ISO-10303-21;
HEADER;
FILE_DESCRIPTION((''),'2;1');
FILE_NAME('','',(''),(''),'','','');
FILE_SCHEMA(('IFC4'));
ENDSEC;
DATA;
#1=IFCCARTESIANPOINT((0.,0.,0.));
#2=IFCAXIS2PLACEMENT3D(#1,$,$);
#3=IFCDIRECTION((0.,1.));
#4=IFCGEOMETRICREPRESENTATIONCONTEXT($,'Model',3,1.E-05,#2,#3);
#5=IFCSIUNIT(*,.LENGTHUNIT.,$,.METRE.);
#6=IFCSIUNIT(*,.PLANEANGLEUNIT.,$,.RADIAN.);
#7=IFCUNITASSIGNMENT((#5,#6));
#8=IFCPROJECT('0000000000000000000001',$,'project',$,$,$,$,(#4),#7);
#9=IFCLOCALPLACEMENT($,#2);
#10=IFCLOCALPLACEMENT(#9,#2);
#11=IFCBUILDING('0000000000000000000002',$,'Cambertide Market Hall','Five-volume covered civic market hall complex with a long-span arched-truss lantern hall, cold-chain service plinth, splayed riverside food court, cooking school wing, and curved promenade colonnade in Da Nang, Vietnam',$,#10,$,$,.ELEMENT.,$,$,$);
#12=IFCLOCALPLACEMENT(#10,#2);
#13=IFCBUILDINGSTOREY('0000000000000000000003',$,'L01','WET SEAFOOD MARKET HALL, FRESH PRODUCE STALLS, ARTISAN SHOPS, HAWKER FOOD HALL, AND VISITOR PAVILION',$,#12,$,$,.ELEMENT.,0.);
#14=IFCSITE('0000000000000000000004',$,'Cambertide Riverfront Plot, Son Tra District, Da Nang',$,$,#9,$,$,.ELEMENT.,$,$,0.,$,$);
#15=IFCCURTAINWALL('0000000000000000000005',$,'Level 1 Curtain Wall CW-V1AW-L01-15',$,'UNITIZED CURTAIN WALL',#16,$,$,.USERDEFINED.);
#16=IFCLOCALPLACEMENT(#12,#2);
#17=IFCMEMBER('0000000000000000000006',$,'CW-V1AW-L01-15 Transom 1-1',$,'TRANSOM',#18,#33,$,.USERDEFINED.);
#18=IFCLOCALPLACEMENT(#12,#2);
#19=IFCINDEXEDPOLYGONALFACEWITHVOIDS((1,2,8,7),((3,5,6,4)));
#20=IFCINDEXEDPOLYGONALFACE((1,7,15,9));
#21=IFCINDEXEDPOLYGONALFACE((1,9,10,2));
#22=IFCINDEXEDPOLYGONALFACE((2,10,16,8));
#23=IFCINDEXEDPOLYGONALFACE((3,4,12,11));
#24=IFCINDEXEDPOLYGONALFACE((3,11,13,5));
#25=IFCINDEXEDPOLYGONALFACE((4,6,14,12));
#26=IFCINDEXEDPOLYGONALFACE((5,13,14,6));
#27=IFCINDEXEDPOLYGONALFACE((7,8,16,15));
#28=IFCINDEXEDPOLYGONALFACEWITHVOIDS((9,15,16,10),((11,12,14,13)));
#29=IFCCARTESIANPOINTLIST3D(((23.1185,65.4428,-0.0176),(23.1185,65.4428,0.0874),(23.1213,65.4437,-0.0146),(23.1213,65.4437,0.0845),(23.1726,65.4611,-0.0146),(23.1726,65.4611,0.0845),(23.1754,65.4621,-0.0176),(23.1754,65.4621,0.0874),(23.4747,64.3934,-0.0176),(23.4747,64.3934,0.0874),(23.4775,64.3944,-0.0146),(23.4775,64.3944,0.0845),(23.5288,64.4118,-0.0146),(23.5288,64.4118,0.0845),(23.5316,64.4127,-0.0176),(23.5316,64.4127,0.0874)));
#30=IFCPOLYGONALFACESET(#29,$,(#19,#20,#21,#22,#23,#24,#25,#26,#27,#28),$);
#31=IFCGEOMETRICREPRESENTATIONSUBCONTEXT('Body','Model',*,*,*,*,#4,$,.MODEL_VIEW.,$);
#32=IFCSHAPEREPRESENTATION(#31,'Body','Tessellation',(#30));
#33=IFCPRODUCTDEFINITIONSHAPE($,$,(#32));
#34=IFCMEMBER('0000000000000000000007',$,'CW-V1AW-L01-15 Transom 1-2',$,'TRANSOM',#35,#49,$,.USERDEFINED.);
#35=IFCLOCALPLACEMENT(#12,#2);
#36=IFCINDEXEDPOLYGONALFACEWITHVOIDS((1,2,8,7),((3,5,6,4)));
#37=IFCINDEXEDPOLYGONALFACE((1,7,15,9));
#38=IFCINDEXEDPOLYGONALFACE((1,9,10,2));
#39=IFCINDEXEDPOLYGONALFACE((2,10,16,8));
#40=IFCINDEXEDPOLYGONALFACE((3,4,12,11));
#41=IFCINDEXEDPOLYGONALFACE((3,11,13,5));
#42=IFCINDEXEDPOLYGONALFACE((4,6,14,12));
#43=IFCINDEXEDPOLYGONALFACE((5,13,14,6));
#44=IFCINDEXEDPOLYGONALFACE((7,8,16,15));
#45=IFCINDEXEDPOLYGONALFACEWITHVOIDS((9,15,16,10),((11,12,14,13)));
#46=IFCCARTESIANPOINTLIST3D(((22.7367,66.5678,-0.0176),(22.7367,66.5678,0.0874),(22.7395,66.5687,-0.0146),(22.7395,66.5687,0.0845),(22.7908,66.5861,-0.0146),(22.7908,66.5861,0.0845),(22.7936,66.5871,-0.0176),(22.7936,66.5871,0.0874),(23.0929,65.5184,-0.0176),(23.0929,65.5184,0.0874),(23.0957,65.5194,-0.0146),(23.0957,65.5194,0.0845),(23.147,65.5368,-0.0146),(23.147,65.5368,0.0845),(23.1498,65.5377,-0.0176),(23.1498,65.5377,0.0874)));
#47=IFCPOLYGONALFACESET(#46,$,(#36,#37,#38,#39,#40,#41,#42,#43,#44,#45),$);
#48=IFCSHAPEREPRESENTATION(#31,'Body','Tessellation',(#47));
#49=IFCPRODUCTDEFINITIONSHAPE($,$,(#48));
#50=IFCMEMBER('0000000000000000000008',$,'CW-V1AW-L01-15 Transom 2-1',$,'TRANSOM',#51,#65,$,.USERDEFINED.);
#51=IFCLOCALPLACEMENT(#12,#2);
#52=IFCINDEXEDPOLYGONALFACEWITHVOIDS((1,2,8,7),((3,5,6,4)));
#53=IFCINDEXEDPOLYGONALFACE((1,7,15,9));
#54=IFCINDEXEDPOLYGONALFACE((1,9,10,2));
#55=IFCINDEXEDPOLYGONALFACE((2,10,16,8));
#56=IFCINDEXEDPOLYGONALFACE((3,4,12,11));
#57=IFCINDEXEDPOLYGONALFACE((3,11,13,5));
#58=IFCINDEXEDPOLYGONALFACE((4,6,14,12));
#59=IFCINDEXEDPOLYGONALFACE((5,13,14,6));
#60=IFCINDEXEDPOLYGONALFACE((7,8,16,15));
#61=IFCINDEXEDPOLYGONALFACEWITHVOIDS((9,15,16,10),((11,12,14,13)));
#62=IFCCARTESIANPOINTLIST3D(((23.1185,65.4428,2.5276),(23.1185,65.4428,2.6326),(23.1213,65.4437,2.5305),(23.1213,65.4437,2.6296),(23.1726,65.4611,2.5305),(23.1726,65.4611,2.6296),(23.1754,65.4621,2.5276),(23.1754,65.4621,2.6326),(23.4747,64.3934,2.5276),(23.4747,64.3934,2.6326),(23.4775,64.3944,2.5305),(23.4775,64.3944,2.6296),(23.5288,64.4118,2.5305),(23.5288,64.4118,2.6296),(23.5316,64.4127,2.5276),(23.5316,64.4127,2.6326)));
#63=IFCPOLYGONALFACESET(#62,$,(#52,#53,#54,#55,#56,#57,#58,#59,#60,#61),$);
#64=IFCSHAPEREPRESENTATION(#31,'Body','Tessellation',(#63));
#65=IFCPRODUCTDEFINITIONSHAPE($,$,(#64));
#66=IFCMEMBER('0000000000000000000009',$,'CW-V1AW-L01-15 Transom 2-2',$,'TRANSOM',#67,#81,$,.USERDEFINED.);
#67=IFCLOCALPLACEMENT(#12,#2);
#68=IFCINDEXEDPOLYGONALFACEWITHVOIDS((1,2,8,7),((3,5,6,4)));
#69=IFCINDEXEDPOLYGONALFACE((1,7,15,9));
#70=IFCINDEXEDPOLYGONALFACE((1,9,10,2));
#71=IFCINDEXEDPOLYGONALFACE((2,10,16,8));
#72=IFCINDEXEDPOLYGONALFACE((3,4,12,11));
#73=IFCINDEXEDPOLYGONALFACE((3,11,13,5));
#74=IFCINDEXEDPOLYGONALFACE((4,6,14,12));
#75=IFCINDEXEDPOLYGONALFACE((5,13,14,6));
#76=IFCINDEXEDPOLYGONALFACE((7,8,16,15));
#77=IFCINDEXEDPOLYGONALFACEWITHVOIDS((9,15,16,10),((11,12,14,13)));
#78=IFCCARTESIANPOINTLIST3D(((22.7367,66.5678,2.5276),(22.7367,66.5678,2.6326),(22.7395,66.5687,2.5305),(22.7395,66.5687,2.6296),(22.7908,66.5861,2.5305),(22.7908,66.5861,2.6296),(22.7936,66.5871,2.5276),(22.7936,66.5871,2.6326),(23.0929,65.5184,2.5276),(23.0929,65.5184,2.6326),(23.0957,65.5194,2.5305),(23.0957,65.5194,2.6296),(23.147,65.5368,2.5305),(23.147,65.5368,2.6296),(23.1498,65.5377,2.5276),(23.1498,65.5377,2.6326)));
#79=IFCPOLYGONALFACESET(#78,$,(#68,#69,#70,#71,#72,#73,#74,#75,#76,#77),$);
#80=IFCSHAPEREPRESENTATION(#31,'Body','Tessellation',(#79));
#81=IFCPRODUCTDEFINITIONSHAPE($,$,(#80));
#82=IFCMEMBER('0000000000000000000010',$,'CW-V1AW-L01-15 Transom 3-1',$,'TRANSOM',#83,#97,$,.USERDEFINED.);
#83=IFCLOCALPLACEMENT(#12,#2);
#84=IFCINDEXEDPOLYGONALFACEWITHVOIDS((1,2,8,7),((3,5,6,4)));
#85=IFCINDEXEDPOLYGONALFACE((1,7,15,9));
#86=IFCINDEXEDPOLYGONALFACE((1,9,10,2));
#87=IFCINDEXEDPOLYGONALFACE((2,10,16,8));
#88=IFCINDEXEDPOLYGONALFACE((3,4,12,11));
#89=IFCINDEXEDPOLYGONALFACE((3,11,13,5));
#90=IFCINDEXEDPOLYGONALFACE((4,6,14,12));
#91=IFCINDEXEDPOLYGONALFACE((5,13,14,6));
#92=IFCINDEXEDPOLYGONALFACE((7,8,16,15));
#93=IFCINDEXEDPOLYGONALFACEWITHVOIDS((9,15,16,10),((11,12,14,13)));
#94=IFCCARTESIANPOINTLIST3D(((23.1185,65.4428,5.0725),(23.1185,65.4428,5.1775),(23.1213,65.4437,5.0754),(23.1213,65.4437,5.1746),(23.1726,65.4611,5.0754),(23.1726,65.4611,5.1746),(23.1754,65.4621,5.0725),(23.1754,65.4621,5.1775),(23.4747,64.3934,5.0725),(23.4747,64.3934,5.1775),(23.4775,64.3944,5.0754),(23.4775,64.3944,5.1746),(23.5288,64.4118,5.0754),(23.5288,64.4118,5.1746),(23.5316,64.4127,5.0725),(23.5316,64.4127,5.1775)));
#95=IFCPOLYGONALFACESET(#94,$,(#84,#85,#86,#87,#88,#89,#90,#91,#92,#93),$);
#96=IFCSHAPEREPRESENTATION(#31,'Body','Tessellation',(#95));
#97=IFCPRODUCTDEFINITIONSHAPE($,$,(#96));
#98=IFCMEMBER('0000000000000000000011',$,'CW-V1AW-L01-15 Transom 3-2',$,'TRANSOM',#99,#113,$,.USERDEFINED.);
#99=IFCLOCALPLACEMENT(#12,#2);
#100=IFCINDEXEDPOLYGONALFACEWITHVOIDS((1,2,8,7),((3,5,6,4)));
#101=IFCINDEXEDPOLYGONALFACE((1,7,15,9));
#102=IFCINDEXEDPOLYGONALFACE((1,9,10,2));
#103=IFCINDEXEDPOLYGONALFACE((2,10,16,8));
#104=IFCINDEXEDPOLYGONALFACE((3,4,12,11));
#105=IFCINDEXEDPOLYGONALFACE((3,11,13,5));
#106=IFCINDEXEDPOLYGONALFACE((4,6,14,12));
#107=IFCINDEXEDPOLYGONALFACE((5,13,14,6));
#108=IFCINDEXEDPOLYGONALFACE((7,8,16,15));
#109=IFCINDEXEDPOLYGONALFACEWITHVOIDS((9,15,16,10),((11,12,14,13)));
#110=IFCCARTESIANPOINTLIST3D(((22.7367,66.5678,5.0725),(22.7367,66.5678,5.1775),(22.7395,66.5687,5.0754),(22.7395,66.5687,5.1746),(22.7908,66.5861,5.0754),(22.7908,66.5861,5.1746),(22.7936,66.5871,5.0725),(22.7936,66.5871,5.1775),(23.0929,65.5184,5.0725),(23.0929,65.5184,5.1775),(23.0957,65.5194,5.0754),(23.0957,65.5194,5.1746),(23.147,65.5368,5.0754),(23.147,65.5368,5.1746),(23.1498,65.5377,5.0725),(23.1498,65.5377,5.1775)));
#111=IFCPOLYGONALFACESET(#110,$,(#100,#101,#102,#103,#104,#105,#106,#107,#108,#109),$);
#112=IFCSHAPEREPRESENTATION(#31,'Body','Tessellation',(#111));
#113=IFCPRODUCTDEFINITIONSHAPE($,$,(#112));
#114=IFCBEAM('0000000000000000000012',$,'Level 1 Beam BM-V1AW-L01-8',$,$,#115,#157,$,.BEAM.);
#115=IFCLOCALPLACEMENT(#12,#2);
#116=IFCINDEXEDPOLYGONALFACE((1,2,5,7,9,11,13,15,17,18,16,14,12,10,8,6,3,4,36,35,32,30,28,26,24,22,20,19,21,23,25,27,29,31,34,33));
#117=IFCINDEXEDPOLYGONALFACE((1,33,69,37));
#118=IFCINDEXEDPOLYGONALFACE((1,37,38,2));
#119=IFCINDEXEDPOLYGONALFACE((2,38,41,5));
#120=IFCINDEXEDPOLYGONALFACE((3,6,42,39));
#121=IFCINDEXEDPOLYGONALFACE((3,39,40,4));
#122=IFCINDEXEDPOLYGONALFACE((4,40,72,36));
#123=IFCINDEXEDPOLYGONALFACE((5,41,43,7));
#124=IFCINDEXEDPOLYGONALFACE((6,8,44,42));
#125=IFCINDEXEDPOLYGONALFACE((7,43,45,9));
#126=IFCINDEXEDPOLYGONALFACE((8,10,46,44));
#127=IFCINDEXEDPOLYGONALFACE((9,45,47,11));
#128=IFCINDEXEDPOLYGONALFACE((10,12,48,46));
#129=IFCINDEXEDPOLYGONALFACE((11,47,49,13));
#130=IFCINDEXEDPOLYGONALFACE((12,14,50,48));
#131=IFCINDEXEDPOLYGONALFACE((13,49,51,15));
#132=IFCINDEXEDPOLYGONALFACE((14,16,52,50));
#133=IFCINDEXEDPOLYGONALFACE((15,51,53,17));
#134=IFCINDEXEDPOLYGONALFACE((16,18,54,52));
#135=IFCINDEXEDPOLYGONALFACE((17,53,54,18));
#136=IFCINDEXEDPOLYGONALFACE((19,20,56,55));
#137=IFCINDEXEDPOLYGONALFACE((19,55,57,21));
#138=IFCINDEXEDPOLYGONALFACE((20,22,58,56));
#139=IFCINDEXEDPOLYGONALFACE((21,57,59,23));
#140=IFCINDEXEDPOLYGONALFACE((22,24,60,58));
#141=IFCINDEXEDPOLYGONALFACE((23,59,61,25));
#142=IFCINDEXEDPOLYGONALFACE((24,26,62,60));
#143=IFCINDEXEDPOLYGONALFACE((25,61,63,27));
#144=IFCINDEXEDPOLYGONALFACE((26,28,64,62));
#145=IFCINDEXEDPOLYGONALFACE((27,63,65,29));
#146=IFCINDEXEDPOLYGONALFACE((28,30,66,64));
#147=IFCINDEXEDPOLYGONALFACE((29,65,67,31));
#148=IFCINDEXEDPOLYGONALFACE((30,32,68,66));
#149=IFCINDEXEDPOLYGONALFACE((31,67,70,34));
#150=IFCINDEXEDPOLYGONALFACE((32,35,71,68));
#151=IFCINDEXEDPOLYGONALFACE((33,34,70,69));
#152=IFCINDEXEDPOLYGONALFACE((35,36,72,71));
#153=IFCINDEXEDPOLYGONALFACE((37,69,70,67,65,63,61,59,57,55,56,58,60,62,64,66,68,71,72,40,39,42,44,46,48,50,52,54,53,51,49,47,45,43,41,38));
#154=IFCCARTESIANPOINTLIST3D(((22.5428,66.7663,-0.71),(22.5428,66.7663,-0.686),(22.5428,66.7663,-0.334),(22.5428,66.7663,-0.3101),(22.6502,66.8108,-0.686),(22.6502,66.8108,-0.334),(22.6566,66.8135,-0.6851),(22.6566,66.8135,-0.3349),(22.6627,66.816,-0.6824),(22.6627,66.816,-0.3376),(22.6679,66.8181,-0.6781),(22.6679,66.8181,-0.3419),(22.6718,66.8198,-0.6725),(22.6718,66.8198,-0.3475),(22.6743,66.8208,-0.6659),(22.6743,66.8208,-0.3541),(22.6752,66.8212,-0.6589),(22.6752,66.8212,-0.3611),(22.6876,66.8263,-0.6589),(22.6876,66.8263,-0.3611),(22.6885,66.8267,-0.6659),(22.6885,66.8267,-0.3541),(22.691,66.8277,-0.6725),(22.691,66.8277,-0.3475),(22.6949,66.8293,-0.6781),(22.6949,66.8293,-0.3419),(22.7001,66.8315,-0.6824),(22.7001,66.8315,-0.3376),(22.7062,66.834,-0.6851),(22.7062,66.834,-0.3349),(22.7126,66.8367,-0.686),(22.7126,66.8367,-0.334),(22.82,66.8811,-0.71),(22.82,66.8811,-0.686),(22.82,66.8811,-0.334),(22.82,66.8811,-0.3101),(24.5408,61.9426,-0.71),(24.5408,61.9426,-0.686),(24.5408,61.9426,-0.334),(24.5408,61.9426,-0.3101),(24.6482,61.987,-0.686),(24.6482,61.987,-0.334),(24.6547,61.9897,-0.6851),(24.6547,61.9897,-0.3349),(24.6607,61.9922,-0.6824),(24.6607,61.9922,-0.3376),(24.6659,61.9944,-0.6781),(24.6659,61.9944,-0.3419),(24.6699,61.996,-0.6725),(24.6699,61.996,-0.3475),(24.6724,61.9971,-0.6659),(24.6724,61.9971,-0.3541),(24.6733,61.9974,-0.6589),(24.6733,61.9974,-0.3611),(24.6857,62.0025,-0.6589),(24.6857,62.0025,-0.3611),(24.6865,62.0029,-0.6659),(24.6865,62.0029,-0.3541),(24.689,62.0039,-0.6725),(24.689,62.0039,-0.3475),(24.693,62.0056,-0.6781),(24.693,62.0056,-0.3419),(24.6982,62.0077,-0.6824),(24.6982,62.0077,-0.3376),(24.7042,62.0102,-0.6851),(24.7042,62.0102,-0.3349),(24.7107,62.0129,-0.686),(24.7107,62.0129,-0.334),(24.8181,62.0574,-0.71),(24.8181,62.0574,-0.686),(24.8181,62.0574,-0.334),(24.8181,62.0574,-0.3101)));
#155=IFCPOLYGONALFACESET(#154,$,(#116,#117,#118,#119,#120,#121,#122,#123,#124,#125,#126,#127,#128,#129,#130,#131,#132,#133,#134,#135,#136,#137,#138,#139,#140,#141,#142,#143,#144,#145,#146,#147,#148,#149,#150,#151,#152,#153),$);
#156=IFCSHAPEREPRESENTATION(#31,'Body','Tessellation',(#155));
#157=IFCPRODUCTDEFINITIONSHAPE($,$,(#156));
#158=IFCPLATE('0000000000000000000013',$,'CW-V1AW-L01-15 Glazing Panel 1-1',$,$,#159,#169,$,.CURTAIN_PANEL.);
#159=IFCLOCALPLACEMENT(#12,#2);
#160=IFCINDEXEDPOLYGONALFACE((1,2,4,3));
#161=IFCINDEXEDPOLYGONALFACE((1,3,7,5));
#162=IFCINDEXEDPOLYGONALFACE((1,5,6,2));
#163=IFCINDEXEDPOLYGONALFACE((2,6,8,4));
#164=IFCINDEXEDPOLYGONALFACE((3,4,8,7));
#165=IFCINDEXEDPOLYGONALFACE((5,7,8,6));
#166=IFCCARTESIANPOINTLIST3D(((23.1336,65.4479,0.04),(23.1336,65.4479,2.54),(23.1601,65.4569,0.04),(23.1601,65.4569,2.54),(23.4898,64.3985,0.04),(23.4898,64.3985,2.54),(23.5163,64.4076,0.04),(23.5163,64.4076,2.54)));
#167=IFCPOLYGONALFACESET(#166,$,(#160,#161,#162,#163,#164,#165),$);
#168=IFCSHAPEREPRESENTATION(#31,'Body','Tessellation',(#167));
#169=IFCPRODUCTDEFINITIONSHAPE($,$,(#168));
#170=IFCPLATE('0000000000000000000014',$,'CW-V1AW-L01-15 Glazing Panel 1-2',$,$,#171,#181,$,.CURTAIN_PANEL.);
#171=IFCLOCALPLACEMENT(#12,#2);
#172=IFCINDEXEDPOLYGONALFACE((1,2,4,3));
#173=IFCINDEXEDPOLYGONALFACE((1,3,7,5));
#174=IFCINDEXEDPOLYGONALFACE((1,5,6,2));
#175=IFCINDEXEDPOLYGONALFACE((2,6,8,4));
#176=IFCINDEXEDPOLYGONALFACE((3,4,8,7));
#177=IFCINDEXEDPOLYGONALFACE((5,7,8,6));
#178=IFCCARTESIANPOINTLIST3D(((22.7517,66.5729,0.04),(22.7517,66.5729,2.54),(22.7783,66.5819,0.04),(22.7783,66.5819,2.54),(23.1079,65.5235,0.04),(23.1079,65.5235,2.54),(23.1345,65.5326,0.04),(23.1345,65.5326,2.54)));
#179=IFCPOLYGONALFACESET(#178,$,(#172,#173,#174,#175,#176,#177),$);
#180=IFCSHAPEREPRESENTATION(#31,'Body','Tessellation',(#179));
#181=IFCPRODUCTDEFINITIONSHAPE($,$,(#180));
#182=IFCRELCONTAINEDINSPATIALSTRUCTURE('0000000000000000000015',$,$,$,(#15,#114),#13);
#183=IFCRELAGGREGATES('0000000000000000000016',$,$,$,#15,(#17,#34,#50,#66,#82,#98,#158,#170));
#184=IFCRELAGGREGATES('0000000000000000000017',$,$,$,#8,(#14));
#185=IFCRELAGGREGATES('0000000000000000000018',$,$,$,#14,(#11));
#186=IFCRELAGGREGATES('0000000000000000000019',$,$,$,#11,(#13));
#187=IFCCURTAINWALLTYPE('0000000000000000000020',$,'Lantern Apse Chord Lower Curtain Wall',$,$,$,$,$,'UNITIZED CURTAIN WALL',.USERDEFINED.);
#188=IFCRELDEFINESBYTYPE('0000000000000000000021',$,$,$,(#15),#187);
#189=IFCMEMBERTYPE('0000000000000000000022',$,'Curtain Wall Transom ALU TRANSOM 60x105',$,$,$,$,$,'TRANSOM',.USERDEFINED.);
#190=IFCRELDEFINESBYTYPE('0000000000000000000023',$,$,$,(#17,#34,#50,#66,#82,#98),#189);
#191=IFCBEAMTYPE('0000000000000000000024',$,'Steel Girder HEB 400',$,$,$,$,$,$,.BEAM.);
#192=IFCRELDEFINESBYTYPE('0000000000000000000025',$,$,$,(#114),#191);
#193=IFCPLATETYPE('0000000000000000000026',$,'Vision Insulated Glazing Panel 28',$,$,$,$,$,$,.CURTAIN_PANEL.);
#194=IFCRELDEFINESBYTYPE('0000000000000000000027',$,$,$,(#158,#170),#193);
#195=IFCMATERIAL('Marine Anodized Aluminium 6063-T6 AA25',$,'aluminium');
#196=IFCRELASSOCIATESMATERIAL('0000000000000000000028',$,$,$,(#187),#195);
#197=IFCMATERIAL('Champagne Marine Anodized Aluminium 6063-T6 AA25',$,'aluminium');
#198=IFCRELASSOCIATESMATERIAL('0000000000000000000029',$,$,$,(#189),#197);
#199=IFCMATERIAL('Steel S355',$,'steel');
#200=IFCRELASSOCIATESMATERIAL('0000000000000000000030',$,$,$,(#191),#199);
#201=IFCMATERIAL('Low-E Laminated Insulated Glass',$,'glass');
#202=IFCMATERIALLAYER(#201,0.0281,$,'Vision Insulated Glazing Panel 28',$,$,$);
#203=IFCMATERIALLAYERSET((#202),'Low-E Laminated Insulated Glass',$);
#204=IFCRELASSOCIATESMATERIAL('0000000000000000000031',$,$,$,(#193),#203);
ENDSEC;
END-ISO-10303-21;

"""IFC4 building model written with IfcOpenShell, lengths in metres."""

from ifc_helpers import new_model, si_unit, direction, frame, origin, origin_2d, place, context, subcontext, project, spatial, rectangle, hollow_rectangle, i_section, extrude, material, layer, layer_set, material_profile, profile_set, type_object, element, aggregate, save


model = new_model("IFC4")

# Units and contexts
model_context = context("Model", 3, precision=1e-05, world=origin(), true_north=direction((0.0, 1.0)))
body_context = subcontext(model_context, "Body", "Model", "MODEL_VIEW")
ifc_project = project(units=[si_unit("LENGTHUNIT", "METRE"), si_unit("PLANEANGLEUNIT", "RADIAN")], contexts=[model_context])

# Site, building, storey
site_placement = place(None, origin())
site = spatial("IfcSite", under=ifc_project, at=site_placement, Name="Cambertide Riverfront Plot, Son Tra District, Da Nang", CompositionType="ELEMENT", RefElevation=0.0)
building_placement = place(site_placement, origin())
building = spatial("IfcBuilding", under=site, at=building_placement, Name="Cambertide Market Hall", Description="Five-volume covered civic market hall complex with a long-span arched-truss lantern hall, cold-chain service plinth, splayed riverside food court, cooking school wing, and curved promenade colonnade in Da Nang, Vietnam", CompositionType="ELEMENT")
storey_placement = place(building_placement, origin())
storey = spatial("IfcBuildingStorey", under=building, at=storey_placement, Name="L01", Description="WET SEAFOOD MARKET HALL, FRESH PRODUCE STALLS, ARTISAN SHOPS, HAWKER FOOD HALL, AND VISITOR PAVILION", CompositionType="ELEMENT", Elevation=0.0)

# Curtain wall
ifc_material_1 = material(Name="Marine Anodized Aluminium 6063-T6 AA25", Category="aluminium")
curtain_wall_type = type_object("IfcCurtainWallType", Name="Lantern Apse Chord Lower Curtain Wall", ElementType="UNITIZED CURTAIN WALL", PredefinedType="USERDEFINED", material=ifc_material_1)
curtain_wall_1_placement = place(storey_placement, origin())
curtain_wall_1 = element("IfcCurtainWall", 1, at=curtain_wall_1_placement, inside=storey, type_object=curtain_wall_type, Name="Level 1 Curtain Wall CW-V1AW-L01-15", ObjectType="UNITIZED CURTAIN WALL", PredefinedType="USERDEFINED")

# Members
ifc_material_2 = material(Name="Champagne Marine Anodized Aluminium 6063-T6 AA25", Category="aluminium")
ifc_material_profile_1 = material_profile(ifc_material_2, hollow_rectangle(XDim=0.0601, YDim=0.105, WallThickness=0.0029, at=origin_2d()), Name="ALU TRANSOM 60x105")
ifc_profile_set_1 = profile_set([ifc_material_profile_1], Name="Champagne Marine Anodized Aluminium 6063-T6 AA25")
member_type_1 = type_object("IfcMemberType", Name="Curtain Wall Transom ALU TRANSOM 60x105", ElementType="TRANSOM", PredefinedType="USERDEFINED", material=ifc_profile_set_1)
member_1_placement = place(storey_placement, frame((23.5032, 64.4031, 0.0349), z_axis=(-0.321445, 0.946928, 0.0), x_axis=(-0.946928, -0.321445, 0.0)))
member_1 = element("IfcMember", 2, at=member_1_placement, type_object=member_type_1, Name="CW-V1AW-L01-15 Transom 1-1", ObjectType="TRANSOM", PredefinedType="USERDEFINED", context=body_context, shape_type="SweptSolid", body=[
    extrude(hollow_rectangle(XDim=0.0601, YDim=0.105, WallThickness=0.0029, at=origin_2d()), origin(), (0.0, 0.0, 1.0), 1.1082),
])
member_2_placement = place(storey_placement, frame((23.1213, 65.5281, 0.0349), z_axis=(-0.321445, 0.946928, 0.0), x_axis=(-0.946928, -0.321445, 0.0)))
member_2 = element("IfcMember", 3, at=member_2_placement, type_object=member_type_1, Name="CW-V1AW-L01-15 Transom 1-2", ObjectType="TRANSOM", PredefinedType="USERDEFINED", context=body_context, shape_type="SweptSolid", body=[
    extrude(hollow_rectangle(XDim=0.0601, YDim=0.105, WallThickness=0.0029, at=origin_2d()), origin(), (0.0, 0.0, 1.0), 1.1082),
])
member_3_placement = place(storey_placement, frame((23.5032, 64.4031, 2.5801), z_axis=(-0.321445, 0.946928, 0.0), x_axis=(-0.946928, -0.321445, 0.0)))
member_3 = element("IfcMember", 4, at=member_3_placement, type_object=member_type_1, Name="CW-V1AW-L01-15 Transom 2-1", ObjectType="TRANSOM", PredefinedType="USERDEFINED", context=body_context, shape_type="SweptSolid", body=[
    extrude(hollow_rectangle(XDim=0.0601, YDim=0.105, WallThickness=0.0029, at=origin_2d()), origin(), (0.0, 0.0, 1.0), 1.1082),
])
member_4_placement = place(storey_placement, frame((23.1213, 65.5281, 2.5801), z_axis=(-0.321445, 0.946928, 0.0), x_axis=(-0.946928, -0.321445, 0.0)))
member_4 = element("IfcMember", 5, at=member_4_placement, type_object=member_type_1, Name="CW-V1AW-L01-15 Transom 2-2", ObjectType="TRANSOM", PredefinedType="USERDEFINED", context=body_context, shape_type="SweptSolid", body=[
    extrude(hollow_rectangle(XDim=0.0601, YDim=0.105, WallThickness=0.0029, at=origin_2d()), origin(), (0.0, 0.0, 1.0), 1.1082),
])
member_5_placement = place(storey_placement, frame((23.5032, 64.4031, 5.125), z_axis=(-0.321445, 0.946928, 0.0), x_axis=(-0.946928, -0.321445, 0.0)))
member_5 = element("IfcMember", 6, at=member_5_placement, type_object=member_type_1, Name="CW-V1AW-L01-15 Transom 3-1", ObjectType="TRANSOM", PredefinedType="USERDEFINED", context=body_context, shape_type="SweptSolid", body=[
    extrude(hollow_rectangle(XDim=0.0601, YDim=0.105, WallThickness=0.0029, at=origin_2d()), origin(), (0.0, 0.0, 1.0), 1.1082),
])
member_6_placement = place(storey_placement, frame((23.1213, 65.5281, 5.125), z_axis=(-0.321445, 0.946928, 0.0), x_axis=(-0.946928, -0.321445, 0.0)))
member_6 = element("IfcMember", 7, at=member_6_placement, type_object=member_type_1, Name="CW-V1AW-L01-15 Transom 3-2", ObjectType="TRANSOM", PredefinedType="USERDEFINED", context=body_context, shape_type="SweptSolid", body=[
    extrude(hollow_rectangle(XDim=0.0601, YDim=0.105, WallThickness=0.0029, at=origin_2d()), origin(), (0.0, 0.0, 1.0), 1.1082),
])

# Beam
ifc_material_3 = material(Name="Steel S355", Category="steel")
ifc_material_profile_2 = material_profile(ifc_material_3, i_section(OverallWidth=0.3, OverallDepth=0.3999, WebThickness=0.0134, FlangeThickness=0.0239, FilletRadius=0.0271, at=origin_2d()), Name="HEB 400")
ifc_profile_set_2 = profile_set([ifc_material_profile_2], Name="Steel S355")
beam_type_1 = type_object("IfcBeamType", Name="Steel Girder HEB 400", PredefinedType="BEAM", material=ifc_profile_set_2)
beam_1_placement = place(storey_placement, frame((22.6814, 66.8237, -0.51), z_axis=(0.382682, -0.92388, 0.0), x_axis=(0.92388, 0.382682, 0.0)))
element("IfcBeam", 8, at=beam_1_placement, inside=storey, type_object=beam_type_1, Name="Level 1 Beam BM-V1AW-L01-8", PredefinedType="BEAM", context=body_context, shape_type="SweptSolid", body=[
    extrude(i_section(OverallWidth=0.3, OverallDepth=0.3999, WebThickness=0.0134, FlangeThickness=0.0239, FilletRadius=0.0271, at=origin_2d()), origin(), (0.0, 0.0, 1.0), 5.2212),
])

# Plates
ifc_material_4 = material(Name="Low-E Laminated Insulated Glass", Category="glass")
ifc_layer_1 = layer(ifc_material_4, 0.0281, Name="Vision Insulated Glazing Panel 28")
ifc_layer_set_1 = layer_set([ifc_layer_1], Name="Low-E Laminated Insulated Glass")
plate_type = type_object("IfcPlateType", Name="Vision Insulated Glazing Panel 28", PredefinedType="CURTAIN_PANEL", material=ifc_layer_set_1)
plate_1_placement = place(storey_placement, frame((23.325, 64.9277, 0.04), z_axis=(0.0, 0.0, 1.0), x_axis=(-0.321439, 0.94693, 0.0)))
plate_1 = element("IfcPlate", 9, at=plate_1_placement, type_object=plate_type, Name="CW-V1AW-L01-15 Glazing Panel 1-1", PredefinedType="CURTAIN_PANEL", context=body_context, shape_type="SweptSolid", body=[
    extrude(rectangle(XDim=1.1082, YDim=0.0281, at=origin_2d()), origin(), (0.0, 0.0, 1.0), 2.5),
])
plate_2_placement = place(storey_placement, frame((22.9431, 66.0527, 0.04), z_axis=(0.0, 0.0, 1.0), x_axis=(-0.321439, 0.94693, 0.0)))
plate_2 = element("IfcPlate", 10, at=plate_2_placement, type_object=plate_type, Name="CW-V1AW-L01-15 Glazing Panel 1-2", PredefinedType="CURTAIN_PANEL", context=body_context, shape_type="SweptSolid", body=[
    extrude(rectangle(XDim=1.1082, YDim=0.0281, at=origin_2d()), origin(), (0.0, 0.0, 1.0), 2.5),
])
aggregate(curtain_wall_1, [member_1, member_2, member_3, member_4, member_5, member_6, plate_1, plate_2])

save(model, "model.ifc")
